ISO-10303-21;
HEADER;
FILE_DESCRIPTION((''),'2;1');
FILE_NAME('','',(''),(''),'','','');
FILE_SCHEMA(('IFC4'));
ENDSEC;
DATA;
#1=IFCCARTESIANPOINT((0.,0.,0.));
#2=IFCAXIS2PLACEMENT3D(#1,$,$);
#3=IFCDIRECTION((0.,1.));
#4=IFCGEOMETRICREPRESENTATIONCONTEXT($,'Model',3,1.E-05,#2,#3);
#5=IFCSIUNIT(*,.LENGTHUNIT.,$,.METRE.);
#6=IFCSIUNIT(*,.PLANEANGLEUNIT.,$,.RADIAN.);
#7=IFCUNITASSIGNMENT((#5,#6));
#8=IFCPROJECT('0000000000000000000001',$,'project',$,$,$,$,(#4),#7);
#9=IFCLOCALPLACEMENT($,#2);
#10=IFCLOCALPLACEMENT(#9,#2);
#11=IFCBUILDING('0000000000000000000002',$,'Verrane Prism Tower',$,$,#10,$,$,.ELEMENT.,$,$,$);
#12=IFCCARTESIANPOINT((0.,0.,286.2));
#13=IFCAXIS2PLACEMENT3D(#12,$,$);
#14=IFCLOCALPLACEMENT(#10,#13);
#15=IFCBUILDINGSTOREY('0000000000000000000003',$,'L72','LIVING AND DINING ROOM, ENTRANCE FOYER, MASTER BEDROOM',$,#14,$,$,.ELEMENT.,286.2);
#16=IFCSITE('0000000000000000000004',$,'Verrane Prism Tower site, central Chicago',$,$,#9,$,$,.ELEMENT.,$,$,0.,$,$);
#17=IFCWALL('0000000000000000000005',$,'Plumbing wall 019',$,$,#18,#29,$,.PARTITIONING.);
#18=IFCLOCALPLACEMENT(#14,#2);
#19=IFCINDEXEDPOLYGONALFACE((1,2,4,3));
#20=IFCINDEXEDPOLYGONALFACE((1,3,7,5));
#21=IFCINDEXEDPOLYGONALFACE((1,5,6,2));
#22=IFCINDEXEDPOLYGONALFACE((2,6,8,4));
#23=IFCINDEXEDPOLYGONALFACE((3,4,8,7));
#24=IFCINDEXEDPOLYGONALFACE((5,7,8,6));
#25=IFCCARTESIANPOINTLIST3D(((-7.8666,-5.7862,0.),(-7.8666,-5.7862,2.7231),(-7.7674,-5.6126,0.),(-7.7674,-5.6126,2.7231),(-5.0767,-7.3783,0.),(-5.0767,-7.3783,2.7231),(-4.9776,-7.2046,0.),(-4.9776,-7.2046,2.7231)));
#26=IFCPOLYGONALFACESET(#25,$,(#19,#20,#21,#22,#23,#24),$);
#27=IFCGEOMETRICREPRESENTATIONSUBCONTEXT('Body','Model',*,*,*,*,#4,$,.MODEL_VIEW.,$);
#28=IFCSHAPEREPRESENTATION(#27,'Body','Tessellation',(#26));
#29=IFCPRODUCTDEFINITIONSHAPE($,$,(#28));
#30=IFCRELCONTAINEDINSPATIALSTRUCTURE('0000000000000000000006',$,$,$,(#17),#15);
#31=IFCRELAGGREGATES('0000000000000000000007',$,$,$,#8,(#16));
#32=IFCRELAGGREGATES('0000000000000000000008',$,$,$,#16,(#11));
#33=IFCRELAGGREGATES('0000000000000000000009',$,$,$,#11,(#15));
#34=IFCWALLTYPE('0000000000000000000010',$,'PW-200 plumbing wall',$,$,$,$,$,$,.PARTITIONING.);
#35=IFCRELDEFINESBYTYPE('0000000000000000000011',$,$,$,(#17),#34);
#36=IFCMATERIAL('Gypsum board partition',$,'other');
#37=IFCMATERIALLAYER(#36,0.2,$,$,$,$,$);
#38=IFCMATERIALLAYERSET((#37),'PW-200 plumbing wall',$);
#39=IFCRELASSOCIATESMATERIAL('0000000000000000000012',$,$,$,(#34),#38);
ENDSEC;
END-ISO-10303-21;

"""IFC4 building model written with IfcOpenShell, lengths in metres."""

from ifc_helpers import new_model, si_unit, direction, frame, frame_2d, origin, place, context, subcontext, project, spatial, rectangle, extrude, material, layer, layer_set, type_object, element, save


model = new_model("IFC4")

# Units and contexts
model_context = context("Model", 3, precision=1e-05, world=origin(), true_north=direction((0.0, 1.0)))
body_context = subcontext(model_context, "Body", "Model", "MODEL_VIEW")
ifc_project = project(units=[si_unit("LENGTHUNIT", "METRE"), si_unit("PLANEANGLEUNIT", "RADIAN")], contexts=[model_context])

# Site, building, storey
site_placement = place(None, origin())
site = spatial("IfcSite", under=ifc_project, at=site_placement, Name="Verrane Prism Tower site, central Chicago", CompositionType="ELEMENT", RefElevation=0.0)
building_placement = place(site_placement, origin())
building = spatial("IfcBuilding", under=site, at=building_placement, Name="Verrane Prism Tower", CompositionType="ELEMENT")
storey_placement = place(building_placement, frame((0.0, 0.0, 286.2)))
storey = spatial("IfcBuildingStorey", under=building, at=storey_placement, Name="L72", Description="LIVING AND DINING ROOM, ENTRANCE FOYER, MASTER BEDROOM", CompositionType="ELEMENT", Elevation=286.2)

# Shared definitions
ifc_material_1 = material(Name="Gypsum board partition", Category="other")
ifc_layer_1 = layer(ifc_material_1, 0.2)
ifc_layer_set_1 = layer_set([ifc_layer_1], Name="PW-200 plumbing wall")
wall_type_1 = type_object("IfcWallType", Name="PW-200 plumbing wall", PredefinedType="PARTITIONING", material=ifc_layer_set_1)

# Wall
wall_1_placement = place(storey_placement, frame((-7.8169, -5.6995, 0.0), z_axis=(0.0, 0.0, 1.0), x_axis=(0.868528, -0.49564, 0.0)))
element("IfcWall", 1, at=wall_1_placement, inside=storey, type_object=wall_type_1, Name="Plumbing wall 019", PredefinedType="PARTITIONING", context=body_context, shape_type="SweptSolid", body=[
    extrude(rectangle(XDim=3.2122, YDim=0.2, at=frame_2d((1.606, 0.0))), origin(), (0.0, 0.0, 1.0), 2.7231),
])

save(model, "model.ifc")
